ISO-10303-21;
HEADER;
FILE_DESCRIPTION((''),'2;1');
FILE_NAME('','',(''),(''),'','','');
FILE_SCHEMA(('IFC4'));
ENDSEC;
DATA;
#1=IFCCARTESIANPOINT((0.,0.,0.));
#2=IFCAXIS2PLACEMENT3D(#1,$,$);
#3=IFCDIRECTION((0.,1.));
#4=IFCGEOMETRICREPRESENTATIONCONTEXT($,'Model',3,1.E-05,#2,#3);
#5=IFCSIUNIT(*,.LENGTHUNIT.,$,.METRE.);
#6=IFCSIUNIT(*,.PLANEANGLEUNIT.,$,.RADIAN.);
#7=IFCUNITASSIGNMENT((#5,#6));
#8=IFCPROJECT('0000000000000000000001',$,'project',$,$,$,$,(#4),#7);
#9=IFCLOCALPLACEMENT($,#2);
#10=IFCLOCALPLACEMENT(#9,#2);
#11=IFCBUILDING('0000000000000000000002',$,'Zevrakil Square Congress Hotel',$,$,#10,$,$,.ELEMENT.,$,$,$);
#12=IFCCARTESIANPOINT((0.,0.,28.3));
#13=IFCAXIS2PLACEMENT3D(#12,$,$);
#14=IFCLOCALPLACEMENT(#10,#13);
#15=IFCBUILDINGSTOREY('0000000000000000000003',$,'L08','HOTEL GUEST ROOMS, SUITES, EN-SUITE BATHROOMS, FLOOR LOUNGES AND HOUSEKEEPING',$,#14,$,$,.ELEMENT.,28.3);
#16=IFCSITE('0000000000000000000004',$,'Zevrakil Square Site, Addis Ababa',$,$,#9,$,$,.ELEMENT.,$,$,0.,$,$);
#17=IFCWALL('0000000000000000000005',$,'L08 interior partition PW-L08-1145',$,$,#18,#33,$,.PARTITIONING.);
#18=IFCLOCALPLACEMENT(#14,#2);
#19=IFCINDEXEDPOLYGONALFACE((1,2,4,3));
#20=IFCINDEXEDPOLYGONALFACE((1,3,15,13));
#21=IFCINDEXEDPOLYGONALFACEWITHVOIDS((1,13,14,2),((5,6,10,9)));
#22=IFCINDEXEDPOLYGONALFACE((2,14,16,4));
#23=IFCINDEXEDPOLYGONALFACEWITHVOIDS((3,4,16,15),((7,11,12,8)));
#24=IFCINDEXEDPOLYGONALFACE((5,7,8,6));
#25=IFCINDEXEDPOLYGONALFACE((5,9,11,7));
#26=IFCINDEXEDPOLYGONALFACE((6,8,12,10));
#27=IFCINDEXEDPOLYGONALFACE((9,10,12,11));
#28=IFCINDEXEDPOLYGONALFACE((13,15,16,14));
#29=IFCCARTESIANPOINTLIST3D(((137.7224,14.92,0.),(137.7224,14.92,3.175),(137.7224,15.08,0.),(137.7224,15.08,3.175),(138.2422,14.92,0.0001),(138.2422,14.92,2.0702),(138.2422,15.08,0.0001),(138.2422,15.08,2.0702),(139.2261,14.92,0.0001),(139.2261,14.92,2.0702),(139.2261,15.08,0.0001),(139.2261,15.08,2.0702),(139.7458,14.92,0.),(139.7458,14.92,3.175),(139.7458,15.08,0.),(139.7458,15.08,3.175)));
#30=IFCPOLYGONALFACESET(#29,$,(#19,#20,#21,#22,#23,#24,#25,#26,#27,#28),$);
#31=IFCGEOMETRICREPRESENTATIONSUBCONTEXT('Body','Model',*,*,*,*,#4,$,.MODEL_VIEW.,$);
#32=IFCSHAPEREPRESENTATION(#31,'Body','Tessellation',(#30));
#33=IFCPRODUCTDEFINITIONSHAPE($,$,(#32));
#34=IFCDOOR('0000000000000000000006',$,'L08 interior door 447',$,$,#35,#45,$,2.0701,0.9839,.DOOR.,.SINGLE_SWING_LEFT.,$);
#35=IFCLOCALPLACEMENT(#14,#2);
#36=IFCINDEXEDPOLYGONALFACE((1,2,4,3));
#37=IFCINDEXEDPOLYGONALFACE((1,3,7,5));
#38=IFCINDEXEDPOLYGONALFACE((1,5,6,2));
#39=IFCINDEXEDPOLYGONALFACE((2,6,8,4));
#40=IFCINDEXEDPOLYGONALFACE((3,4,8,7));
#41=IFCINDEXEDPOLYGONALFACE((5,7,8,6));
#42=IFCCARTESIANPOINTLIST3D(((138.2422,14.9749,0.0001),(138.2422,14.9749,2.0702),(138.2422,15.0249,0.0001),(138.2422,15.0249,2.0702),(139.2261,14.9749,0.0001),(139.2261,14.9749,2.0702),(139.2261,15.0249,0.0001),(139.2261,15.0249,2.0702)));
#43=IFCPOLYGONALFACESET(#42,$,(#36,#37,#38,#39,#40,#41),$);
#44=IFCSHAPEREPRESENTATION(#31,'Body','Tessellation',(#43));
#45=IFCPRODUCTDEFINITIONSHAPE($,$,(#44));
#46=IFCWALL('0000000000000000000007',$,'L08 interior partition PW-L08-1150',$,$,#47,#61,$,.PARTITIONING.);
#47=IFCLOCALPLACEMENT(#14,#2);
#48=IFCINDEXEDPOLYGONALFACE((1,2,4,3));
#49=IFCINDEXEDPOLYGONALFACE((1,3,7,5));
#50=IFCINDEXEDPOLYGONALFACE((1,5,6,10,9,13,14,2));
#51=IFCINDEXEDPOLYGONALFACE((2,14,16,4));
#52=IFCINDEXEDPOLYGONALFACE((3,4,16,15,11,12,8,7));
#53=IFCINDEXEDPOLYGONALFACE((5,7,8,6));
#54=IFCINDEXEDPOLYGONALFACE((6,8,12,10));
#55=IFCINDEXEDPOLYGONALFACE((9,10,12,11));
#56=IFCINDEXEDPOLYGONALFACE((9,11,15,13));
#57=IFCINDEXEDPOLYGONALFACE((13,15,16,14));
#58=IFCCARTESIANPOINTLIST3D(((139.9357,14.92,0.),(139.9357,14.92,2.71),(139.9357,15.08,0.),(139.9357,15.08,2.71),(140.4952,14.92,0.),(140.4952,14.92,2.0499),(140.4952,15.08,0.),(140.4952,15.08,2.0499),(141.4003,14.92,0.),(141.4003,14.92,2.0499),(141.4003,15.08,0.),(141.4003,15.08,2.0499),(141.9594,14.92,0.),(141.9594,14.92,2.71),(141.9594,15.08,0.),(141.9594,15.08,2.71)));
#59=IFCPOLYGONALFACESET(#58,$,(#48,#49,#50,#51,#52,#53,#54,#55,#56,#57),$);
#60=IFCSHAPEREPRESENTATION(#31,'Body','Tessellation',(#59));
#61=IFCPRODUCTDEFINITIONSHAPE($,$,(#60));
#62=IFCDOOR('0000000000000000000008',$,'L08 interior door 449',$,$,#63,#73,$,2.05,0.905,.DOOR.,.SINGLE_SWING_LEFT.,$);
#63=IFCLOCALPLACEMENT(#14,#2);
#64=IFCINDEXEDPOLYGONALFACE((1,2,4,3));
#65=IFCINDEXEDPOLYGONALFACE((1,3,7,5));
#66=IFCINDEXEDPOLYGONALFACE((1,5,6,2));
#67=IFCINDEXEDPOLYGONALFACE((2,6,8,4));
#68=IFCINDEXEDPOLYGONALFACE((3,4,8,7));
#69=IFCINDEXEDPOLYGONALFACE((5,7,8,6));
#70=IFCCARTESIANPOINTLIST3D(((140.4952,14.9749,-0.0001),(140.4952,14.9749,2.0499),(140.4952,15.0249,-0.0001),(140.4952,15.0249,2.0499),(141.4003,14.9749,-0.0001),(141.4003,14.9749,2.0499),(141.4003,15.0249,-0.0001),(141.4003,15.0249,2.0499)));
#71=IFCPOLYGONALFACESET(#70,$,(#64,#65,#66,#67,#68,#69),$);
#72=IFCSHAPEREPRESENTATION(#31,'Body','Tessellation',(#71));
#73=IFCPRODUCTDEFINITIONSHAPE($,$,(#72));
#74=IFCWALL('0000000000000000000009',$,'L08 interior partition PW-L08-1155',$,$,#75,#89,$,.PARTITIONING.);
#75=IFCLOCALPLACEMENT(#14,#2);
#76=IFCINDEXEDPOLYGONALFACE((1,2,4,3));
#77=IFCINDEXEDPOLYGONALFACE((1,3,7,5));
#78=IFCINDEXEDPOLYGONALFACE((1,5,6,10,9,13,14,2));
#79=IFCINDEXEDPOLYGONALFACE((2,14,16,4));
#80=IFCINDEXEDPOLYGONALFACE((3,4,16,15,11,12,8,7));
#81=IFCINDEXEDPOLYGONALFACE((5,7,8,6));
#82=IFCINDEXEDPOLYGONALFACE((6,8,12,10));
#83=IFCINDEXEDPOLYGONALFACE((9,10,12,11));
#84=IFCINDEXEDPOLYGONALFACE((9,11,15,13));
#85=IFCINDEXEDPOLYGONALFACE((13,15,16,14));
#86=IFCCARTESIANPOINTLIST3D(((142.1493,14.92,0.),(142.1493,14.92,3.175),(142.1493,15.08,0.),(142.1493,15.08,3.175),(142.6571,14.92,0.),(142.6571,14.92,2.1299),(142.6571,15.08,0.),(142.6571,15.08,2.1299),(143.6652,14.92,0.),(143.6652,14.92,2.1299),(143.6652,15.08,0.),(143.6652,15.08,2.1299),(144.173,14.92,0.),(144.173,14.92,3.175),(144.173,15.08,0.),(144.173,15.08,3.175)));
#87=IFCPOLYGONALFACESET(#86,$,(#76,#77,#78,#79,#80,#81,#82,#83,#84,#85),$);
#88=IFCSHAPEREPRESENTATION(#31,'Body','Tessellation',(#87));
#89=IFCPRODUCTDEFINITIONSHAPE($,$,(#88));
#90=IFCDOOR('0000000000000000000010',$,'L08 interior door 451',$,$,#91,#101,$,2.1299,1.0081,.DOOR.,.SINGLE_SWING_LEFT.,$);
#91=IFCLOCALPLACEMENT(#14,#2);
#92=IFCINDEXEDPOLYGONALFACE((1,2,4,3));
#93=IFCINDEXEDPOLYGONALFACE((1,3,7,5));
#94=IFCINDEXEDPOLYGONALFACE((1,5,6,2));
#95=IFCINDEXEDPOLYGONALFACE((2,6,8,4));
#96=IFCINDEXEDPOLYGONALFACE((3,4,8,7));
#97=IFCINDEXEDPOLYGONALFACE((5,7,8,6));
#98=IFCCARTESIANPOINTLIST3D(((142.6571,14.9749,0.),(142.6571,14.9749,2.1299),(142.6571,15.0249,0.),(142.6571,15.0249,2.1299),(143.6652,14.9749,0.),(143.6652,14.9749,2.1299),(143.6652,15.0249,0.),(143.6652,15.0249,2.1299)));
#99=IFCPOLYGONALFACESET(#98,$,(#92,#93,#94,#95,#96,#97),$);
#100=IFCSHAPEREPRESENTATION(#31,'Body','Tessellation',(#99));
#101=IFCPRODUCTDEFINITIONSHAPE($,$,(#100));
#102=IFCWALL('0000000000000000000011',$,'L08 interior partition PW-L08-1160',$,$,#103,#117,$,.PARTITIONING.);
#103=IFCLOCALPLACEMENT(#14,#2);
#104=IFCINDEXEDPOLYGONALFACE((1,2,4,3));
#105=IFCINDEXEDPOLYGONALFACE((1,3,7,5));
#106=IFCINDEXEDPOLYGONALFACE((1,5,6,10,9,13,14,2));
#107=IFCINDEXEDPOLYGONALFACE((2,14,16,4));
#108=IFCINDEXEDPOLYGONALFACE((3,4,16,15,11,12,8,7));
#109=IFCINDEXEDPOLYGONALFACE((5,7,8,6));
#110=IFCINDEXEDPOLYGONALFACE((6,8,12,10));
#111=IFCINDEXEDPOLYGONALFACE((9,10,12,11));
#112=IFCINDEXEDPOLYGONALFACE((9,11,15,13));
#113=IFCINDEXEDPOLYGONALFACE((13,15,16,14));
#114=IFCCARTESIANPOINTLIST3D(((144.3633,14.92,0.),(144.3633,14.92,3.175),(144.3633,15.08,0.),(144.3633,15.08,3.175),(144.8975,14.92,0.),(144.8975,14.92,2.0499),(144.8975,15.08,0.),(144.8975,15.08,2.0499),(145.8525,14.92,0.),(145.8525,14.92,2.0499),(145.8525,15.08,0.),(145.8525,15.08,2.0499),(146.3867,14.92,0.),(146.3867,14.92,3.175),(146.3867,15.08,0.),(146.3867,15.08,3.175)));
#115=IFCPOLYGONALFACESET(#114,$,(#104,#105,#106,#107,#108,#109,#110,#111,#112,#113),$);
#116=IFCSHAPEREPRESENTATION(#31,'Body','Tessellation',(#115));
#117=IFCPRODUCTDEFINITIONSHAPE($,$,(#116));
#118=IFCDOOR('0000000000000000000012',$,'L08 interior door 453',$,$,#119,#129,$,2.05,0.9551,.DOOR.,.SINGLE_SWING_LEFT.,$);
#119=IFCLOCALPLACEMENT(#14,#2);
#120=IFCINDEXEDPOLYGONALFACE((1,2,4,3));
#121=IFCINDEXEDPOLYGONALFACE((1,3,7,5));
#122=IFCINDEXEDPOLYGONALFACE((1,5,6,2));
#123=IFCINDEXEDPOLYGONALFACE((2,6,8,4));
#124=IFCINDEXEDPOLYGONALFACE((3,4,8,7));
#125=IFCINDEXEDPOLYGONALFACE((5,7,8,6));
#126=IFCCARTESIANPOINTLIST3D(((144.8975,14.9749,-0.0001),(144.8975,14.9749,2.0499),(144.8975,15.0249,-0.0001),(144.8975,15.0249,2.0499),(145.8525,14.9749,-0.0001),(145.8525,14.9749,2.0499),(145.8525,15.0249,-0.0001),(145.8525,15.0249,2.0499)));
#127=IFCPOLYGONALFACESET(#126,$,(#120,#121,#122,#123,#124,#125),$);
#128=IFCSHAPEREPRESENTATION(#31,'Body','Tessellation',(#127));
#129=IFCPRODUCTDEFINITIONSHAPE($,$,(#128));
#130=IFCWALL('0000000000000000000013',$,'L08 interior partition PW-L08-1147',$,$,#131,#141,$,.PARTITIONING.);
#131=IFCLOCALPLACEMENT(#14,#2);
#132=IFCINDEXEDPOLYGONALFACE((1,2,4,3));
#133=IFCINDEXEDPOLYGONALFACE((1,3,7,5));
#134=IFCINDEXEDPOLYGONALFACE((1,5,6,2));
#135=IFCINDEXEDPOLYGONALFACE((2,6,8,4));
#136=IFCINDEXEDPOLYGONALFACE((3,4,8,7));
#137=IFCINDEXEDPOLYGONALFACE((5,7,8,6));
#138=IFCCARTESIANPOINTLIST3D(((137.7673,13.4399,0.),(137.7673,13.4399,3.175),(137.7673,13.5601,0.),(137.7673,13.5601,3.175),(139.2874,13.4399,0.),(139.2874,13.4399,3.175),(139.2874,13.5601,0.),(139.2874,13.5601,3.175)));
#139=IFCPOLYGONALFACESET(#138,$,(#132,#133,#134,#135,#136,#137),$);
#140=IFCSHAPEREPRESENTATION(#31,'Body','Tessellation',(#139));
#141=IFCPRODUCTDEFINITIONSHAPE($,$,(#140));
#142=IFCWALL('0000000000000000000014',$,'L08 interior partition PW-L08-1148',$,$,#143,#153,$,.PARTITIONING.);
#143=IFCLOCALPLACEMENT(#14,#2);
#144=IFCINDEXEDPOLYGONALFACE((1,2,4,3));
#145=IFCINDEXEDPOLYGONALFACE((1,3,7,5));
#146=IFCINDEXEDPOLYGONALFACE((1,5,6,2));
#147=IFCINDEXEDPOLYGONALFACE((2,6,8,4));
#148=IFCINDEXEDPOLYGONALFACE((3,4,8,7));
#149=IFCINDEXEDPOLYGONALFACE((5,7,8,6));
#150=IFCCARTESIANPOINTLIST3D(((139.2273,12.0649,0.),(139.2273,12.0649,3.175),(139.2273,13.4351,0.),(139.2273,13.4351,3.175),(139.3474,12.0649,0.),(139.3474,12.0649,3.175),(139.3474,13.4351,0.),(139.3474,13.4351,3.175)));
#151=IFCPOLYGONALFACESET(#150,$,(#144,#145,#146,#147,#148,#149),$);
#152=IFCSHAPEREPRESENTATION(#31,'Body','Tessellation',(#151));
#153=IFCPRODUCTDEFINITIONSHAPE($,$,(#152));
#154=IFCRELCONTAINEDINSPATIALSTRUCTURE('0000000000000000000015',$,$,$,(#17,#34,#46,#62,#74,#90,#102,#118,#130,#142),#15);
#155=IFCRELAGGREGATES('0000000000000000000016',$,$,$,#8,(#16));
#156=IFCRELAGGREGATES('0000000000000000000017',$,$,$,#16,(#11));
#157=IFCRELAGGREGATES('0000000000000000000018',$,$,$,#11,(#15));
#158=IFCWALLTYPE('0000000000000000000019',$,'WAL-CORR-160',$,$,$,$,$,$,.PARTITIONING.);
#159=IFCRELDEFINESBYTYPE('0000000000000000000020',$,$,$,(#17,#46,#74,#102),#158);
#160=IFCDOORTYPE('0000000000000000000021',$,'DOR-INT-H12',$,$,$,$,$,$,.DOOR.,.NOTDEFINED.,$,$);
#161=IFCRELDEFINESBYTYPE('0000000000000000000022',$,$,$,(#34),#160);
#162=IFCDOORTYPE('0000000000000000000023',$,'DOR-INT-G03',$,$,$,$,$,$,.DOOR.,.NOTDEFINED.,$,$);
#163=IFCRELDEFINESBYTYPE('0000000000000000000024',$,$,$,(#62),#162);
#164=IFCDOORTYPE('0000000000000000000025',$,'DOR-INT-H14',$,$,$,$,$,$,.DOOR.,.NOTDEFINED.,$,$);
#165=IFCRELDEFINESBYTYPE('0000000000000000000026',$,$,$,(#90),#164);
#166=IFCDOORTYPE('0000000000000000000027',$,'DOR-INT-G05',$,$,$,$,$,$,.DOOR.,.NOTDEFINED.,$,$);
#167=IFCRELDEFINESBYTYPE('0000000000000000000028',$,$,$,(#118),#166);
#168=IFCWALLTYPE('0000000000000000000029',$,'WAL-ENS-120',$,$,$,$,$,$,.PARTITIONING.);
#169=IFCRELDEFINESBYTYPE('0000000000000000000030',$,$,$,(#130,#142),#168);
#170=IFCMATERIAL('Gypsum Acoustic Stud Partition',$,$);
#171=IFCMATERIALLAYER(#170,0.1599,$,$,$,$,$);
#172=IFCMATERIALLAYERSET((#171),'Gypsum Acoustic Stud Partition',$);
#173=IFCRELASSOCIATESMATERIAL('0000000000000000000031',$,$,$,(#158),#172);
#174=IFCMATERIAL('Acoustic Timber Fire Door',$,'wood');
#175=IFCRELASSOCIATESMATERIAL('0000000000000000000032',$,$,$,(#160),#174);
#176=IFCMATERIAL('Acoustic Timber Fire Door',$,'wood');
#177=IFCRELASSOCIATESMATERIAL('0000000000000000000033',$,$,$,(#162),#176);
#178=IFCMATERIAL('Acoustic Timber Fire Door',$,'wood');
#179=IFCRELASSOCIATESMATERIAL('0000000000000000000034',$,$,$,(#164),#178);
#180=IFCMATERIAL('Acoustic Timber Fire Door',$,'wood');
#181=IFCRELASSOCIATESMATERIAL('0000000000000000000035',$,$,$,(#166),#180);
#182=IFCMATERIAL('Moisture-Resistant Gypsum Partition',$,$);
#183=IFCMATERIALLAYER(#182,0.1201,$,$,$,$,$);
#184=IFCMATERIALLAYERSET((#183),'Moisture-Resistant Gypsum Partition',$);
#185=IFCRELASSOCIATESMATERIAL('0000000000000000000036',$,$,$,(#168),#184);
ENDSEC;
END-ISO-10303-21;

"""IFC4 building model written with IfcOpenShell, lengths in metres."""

from ifc_helpers import new_model, si_unit, direction, frame, frame_2d, origin, place, context, subcontext, project, spatial, rectangle, extrude, material, layer, layer_set, type_object, element, fill, save


model = new_model("IFC4")

# Units and contexts
model_context = context("Model", 3, precision=1e-05, world=origin(), true_north=direction((0.0, 1.0)))
body_context = subcontext(model_context, "Body", "Model", "MODEL_VIEW")
ifc_project = project(units=[si_unit("LENGTHUNIT", "METRE"), si_unit("PLANEANGLEUNIT", "RADIAN")], contexts=[model_context])

# Site, building, storey
site_placement = place(None, origin())
site = spatial("IfcSite", under=ifc_project, at=site_placement, Name="Zevrakil Square Site, Addis Ababa", CompositionType="ELEMENT", RefElevation=0.0)
building_placement = place(site_placement, origin())
building = spatial("IfcBuilding", under=site, at=building_placement, Name="Zevrakil Square Congress Hotel", CompositionType="ELEMENT")
storey_placement = place(building_placement, frame((0.0, 0.0, 28.3)))
storey = spatial("IfcBuildingStorey", under=building, at=storey_placement, Name="L08", Description="HOTEL GUEST ROOMS, SUITES, EN-SUITE BATHROOMS, FLOOR LOUNGES AND HOUSEKEEPING", CompositionType="ELEMENT", Elevation=28.3)

# Walls, openings, doors
ifc_material_1 = material(Name="Gypsum Acoustic Stud Partition")
ifc_layer_1 = layer(ifc_material_1, 0.1599)
ifc_layer_set_1 = layer_set([ifc_layer_1], Name="Gypsum Acoustic Stud Partition")
wall_type_1 = type_object("IfcWallType", Name="WAL-CORR-160", PredefinedType="PARTITIONING", material=ifc_layer_set_1)
wall_1_placement = place(storey_placement, frame((137.7224, 15.0, 0.0), z_axis=(0.0, 0.0, 1.0), x_axis=(1.0, 0.0, 0.0)))
wall_1 = element("IfcWall", 1, at=wall_1_placement, inside=storey, type_object=wall_type_1, Name="L08 interior partition PW-L08-1145", PredefinedType="PARTITIONING", context=body_context, shape_type="SweptSolid", body=[
    extrude(rectangle(XDim=2.0234, YDim=0.1599, at=frame_2d((1.0117, 0.0))), origin(), (0.0, 0.0, 1.0), 3.175),
])
opening_1_placement = place(wall_1_placement, frame((0.5198, 0.0, 0.0)))
opening_1 = element("IfcOpeningElement", 2, at=opening_1_placement, cuts=wall_1, PredefinedType="OPENING", context=body_context, shape_type="SweptSolid", body=[
    extrude(rectangle(XDim=0.9839, YDim=2.0701, at=frame_2d((0.4919, 1.0352))), frame((0.0, 0.0898, 0.0), z_axis=(0.0, -1.0, 0.0), x_axis=(1.0, 0.0, 0.0)), (0.0, 0.0, 1.0), 0.1799),
])
ifc_material_2 = material(Name="Acoustic Timber Fire Door", Category="wood")
door_type_1 = type_object("IfcDoorType", Name="DOR-INT-H12", OperationType="NOTDEFINED", PredefinedType="DOOR", material=ifc_material_2)
door_1_placement = place(opening_1_placement, origin())
door_1 = element("IfcDoor", 3, at=door_1_placement, inside=storey, type_object=door_type_1, Name="L08 interior door 447", OperationType="SINGLE_SWING_LEFT", OverallHeight=2.0701, OverallWidth=0.9839, PredefinedType="DOOR", context=body_context, shape_type="SweptSolid", body=[
    extrude(rectangle(XDim=0.9839, YDim=2.0701, at=frame_2d((0.4919, 1.0352))), frame((0.0, 0.0249, 0.0), z_axis=(0.0, -1.0, 0.0), x_axis=(1.0, 0.0, 0.0)), (0.0, 0.0, 1.0), 0.05),
])
fill(opening_1, door_1)
wall_2_placement = place(storey_placement, frame((139.9358, 15.0, 0.0), z_axis=(0.0, 0.0, 1.0), x_axis=(1.0, 0.0, 0.0)))
wall_2 = element("IfcWall", 4, at=wall_2_placement, inside=storey, type_object=wall_type_1, Name="L08 interior partition PW-L08-1150", PredefinedType="PARTITIONING", context=body_context, shape_type="SweptSolid", body=[
    extrude(rectangle(XDim=2.0237, YDim=0.1599, at=frame_2d((1.0117, 0.0))), origin(), (0.0, 0.0, 1.0), 2.71),
])
opening_2_placement = place(wall_2_placement, frame((0.5593, 0.0, 0.0)))
opening_2 = element("IfcOpeningElement", 5, at=opening_2_placement, cuts=wall_2, PredefinedType="OPENING", context=body_context, shape_type="SweptSolid", body=[
    extrude(rectangle(XDim=0.905, YDim=2.05, at=frame_2d((0.4526, 1.0249))), frame((0.0, 0.0898, 0.0), z_axis=(0.0, -1.0, 0.0), x_axis=(1.0, 0.0, 0.0)), (0.0, 0.0, 1.0), 0.1799),
])
ifc_material_3 = material(Name="Acoustic Timber Fire Door", Category="wood")
door_type_2 = type_object("IfcDoorType", Name="DOR-INT-G03", OperationType="NOTDEFINED", PredefinedType="DOOR", material=ifc_material_3)
door_2_placement = place(opening_2_placement, origin())
door_2 = element("IfcDoor", 6, at=door_2_placement, inside=storey, type_object=door_type_2, Name="L08 interior door 449", OperationType="SINGLE_SWING_LEFT", OverallHeight=2.05, OverallWidth=0.905, PredefinedType="DOOR", context=body_context, shape_type="SweptSolid", body=[
    extrude(rectangle(XDim=0.905, YDim=2.05, at=frame_2d((0.4526, 1.0249))), frame((0.0, 0.0249, 0.0), z_axis=(0.0, -1.0, 0.0), x_axis=(1.0, 0.0, 0.0)), (0.0, 0.0, 1.0), 0.05),
])
fill(opening_2, door_2)
wall_3_placement = place(storey_placement, frame((142.1494, 15.0, 0.0), z_axis=(0.0, 0.0, 1.0), x_axis=(1.0, 0.0, 0.0)))
wall_3 = element("IfcWall", 7, at=wall_3_placement, inside=storey, type_object=wall_type_1, Name="L08 interior partition PW-L08-1155", PredefinedType="PARTITIONING", context=body_context, shape_type="SweptSolid", body=[
    extrude(rectangle(XDim=2.0237, YDim=0.1599, at=frame_2d((1.0117, 0.0))), origin(), (0.0, 0.0, 1.0), 3.175),
])
opening_3_placement = place(wall_3_placement, frame((0.5078, 0.0, 0.0)))
opening_3 = element("IfcOpeningElement", 8, at=opening_3_placement, cuts=wall_3, PredefinedType="OPENING", context=body_context, shape_type="SweptSolid", body=[
    extrude(rectangle(XDim=1.0081, YDim=2.1299, at=frame_2d((0.5039, 1.0649))), frame((0.0, 0.0898, 0.0), z_axis=(0.0, -1.0, 0.0), x_axis=(1.0, 0.0, 0.0)), (0.0, 0.0, 1.0), 0.1799),
])
ifc_material_4 = material(Name="Acoustic Timber Fire Door", Category="wood")
door_type_3 = type_object("IfcDoorType", Name="DOR-INT-H14", OperationType="NOTDEFINED", PredefinedType="DOOR", material=ifc_material_4)
door_3_placement = place(opening_3_placement, origin())
door_3 = element("IfcDoor", 9, at=door_3_placement, inside=storey, type_object=door_type_3, Name="L08 interior door 451", OperationType="SINGLE_SWING_LEFT", OverallHeight=2.1299, OverallWidth=1.0081, PredefinedType="DOOR", context=body_context, shape_type="SweptSolid", body=[
    extrude(rectangle(XDim=1.0081, YDim=2.1299, at=frame_2d((0.5039, 1.0649))), frame((0.0, 0.0249, 0.0), z_axis=(0.0, -1.0, 0.0), x_axis=(1.0, 0.0, 0.0)), (0.0, 0.0, 1.0), 0.05),
])
fill(opening_3, door_3)
wall_4_placement = place(storey_placement, frame((144.3633, 15.0, 0.0), z_axis=(0.0, 0.0, 1.0), x_axis=(1.0, 0.0, 0.0)))
wall_4 = element("IfcWall", 10, at=wall_4_placement, inside=storey, type_object=wall_type_1, Name="L08 interior partition PW-L08-1160", PredefinedType="PARTITIONING", context=body_context, shape_type="SweptSolid", body=[
    extrude(rectangle(XDim=2.0234, YDim=0.1599, at=frame_2d((1.0117, 0.0))), origin(), (0.0, 0.0, 1.0), 3.175),
])
opening_4_placement = place(wall_4_placement, frame((0.5342, 0.0, 0.0)))
opening_4 = element("IfcOpeningElement", 11, at=opening_4_placement, cuts=wall_4, PredefinedType="OPENING", context=body_context, shape_type="SweptSolid", body=[
    extrude(rectangle(XDim=0.9551, YDim=2.05, at=frame_2d((0.4775, 1.0249))), frame((0.0, 0.0898, 0.0), z_axis=(0.0, -1.0, 0.0), x_axis=(1.0, 0.0, 0.0)), (0.0, 0.0, 1.0), 0.1799),
])
ifc_material_5 = material(Name="Acoustic Timber Fire Door", Category="wood")
door_type_4 = type_object("IfcDoorType", Name="DOR-INT-G05", OperationType="NOTDEFINED", PredefinedType="DOOR", material=ifc_material_5)
door_4_placement = place(opening_4_placement, origin())
door_4 = element("IfcDoor", 12, at=door_4_placement, inside=storey, type_object=door_type_4, Name="L08 interior door 453", OperationType="SINGLE_SWING_LEFT", OverallHeight=2.05, OverallWidth=0.9551, PredefinedType="DOOR", context=body_context, shape_type="SweptSolid", body=[
    extrude(rectangle(XDim=0.9551, YDim=2.05, at=frame_2d((0.4775, 1.0249))), frame((0.0, 0.0249, 0.0), z_axis=(0.0, -1.0, 0.0), x_axis=(1.0, 0.0, 0.0)), (0.0, 0.0, 1.0), 0.05),
])
fill(opening_4, door_4)

# Walls
ifc_material_6 = material(Name="Moisture-Resistant Gypsum Partition")
ifc_layer_2 = layer(ifc_material_6, 0.1201)
ifc_layer_set_2 = layer_set([ifc_layer_2], Name="Moisture-Resistant Gypsum Partition")
wall_type_2 = type_object("IfcWallType", Name="WAL-ENS-120", PredefinedType="PARTITIONING", material=ifc_layer_set_2)
wall_5_placement = place(storey_placement, frame((137.7673, 13.5, 0.0), z_axis=(0.0, 0.0, 1.0), x_axis=(1.0, 0.0, 0.0)))
element("IfcWall", 13, at=wall_5_placement, inside=storey, type_object=wall_type_2, Name="L08 interior partition PW-L08-1147", PredefinedType="PARTITIONING", context=body_context, shape_type="SweptSolid", body=[
    extrude(rectangle(XDim=1.52, YDim=0.1201, at=frame_2d((0.76, 0.0))), origin(), (0.0, 0.0, 1.0), 3.175),
])
wall_6_placement = place(storey_placement, frame((139.2874, 12.0649, 0.0), z_axis=(0.0, 0.0, 1.0), x_axis=(0.0, 1.0, 0.0)))
element("IfcWall", 14, at=wall_6_placement, inside=storey, type_object=wall_type_2, Name="L08 interior partition PW-L08-1148", PredefinedType="PARTITIONING", context=body_context, shape_type="SweptSolid", body=[
    extrude(rectangle(XDim=1.3701, YDim=0.1201, at=frame_2d((0.6851, 0.0))), origin(), (0.0, 0.0, 1.0), 3.175),
])

save(model, "model.ifc")
